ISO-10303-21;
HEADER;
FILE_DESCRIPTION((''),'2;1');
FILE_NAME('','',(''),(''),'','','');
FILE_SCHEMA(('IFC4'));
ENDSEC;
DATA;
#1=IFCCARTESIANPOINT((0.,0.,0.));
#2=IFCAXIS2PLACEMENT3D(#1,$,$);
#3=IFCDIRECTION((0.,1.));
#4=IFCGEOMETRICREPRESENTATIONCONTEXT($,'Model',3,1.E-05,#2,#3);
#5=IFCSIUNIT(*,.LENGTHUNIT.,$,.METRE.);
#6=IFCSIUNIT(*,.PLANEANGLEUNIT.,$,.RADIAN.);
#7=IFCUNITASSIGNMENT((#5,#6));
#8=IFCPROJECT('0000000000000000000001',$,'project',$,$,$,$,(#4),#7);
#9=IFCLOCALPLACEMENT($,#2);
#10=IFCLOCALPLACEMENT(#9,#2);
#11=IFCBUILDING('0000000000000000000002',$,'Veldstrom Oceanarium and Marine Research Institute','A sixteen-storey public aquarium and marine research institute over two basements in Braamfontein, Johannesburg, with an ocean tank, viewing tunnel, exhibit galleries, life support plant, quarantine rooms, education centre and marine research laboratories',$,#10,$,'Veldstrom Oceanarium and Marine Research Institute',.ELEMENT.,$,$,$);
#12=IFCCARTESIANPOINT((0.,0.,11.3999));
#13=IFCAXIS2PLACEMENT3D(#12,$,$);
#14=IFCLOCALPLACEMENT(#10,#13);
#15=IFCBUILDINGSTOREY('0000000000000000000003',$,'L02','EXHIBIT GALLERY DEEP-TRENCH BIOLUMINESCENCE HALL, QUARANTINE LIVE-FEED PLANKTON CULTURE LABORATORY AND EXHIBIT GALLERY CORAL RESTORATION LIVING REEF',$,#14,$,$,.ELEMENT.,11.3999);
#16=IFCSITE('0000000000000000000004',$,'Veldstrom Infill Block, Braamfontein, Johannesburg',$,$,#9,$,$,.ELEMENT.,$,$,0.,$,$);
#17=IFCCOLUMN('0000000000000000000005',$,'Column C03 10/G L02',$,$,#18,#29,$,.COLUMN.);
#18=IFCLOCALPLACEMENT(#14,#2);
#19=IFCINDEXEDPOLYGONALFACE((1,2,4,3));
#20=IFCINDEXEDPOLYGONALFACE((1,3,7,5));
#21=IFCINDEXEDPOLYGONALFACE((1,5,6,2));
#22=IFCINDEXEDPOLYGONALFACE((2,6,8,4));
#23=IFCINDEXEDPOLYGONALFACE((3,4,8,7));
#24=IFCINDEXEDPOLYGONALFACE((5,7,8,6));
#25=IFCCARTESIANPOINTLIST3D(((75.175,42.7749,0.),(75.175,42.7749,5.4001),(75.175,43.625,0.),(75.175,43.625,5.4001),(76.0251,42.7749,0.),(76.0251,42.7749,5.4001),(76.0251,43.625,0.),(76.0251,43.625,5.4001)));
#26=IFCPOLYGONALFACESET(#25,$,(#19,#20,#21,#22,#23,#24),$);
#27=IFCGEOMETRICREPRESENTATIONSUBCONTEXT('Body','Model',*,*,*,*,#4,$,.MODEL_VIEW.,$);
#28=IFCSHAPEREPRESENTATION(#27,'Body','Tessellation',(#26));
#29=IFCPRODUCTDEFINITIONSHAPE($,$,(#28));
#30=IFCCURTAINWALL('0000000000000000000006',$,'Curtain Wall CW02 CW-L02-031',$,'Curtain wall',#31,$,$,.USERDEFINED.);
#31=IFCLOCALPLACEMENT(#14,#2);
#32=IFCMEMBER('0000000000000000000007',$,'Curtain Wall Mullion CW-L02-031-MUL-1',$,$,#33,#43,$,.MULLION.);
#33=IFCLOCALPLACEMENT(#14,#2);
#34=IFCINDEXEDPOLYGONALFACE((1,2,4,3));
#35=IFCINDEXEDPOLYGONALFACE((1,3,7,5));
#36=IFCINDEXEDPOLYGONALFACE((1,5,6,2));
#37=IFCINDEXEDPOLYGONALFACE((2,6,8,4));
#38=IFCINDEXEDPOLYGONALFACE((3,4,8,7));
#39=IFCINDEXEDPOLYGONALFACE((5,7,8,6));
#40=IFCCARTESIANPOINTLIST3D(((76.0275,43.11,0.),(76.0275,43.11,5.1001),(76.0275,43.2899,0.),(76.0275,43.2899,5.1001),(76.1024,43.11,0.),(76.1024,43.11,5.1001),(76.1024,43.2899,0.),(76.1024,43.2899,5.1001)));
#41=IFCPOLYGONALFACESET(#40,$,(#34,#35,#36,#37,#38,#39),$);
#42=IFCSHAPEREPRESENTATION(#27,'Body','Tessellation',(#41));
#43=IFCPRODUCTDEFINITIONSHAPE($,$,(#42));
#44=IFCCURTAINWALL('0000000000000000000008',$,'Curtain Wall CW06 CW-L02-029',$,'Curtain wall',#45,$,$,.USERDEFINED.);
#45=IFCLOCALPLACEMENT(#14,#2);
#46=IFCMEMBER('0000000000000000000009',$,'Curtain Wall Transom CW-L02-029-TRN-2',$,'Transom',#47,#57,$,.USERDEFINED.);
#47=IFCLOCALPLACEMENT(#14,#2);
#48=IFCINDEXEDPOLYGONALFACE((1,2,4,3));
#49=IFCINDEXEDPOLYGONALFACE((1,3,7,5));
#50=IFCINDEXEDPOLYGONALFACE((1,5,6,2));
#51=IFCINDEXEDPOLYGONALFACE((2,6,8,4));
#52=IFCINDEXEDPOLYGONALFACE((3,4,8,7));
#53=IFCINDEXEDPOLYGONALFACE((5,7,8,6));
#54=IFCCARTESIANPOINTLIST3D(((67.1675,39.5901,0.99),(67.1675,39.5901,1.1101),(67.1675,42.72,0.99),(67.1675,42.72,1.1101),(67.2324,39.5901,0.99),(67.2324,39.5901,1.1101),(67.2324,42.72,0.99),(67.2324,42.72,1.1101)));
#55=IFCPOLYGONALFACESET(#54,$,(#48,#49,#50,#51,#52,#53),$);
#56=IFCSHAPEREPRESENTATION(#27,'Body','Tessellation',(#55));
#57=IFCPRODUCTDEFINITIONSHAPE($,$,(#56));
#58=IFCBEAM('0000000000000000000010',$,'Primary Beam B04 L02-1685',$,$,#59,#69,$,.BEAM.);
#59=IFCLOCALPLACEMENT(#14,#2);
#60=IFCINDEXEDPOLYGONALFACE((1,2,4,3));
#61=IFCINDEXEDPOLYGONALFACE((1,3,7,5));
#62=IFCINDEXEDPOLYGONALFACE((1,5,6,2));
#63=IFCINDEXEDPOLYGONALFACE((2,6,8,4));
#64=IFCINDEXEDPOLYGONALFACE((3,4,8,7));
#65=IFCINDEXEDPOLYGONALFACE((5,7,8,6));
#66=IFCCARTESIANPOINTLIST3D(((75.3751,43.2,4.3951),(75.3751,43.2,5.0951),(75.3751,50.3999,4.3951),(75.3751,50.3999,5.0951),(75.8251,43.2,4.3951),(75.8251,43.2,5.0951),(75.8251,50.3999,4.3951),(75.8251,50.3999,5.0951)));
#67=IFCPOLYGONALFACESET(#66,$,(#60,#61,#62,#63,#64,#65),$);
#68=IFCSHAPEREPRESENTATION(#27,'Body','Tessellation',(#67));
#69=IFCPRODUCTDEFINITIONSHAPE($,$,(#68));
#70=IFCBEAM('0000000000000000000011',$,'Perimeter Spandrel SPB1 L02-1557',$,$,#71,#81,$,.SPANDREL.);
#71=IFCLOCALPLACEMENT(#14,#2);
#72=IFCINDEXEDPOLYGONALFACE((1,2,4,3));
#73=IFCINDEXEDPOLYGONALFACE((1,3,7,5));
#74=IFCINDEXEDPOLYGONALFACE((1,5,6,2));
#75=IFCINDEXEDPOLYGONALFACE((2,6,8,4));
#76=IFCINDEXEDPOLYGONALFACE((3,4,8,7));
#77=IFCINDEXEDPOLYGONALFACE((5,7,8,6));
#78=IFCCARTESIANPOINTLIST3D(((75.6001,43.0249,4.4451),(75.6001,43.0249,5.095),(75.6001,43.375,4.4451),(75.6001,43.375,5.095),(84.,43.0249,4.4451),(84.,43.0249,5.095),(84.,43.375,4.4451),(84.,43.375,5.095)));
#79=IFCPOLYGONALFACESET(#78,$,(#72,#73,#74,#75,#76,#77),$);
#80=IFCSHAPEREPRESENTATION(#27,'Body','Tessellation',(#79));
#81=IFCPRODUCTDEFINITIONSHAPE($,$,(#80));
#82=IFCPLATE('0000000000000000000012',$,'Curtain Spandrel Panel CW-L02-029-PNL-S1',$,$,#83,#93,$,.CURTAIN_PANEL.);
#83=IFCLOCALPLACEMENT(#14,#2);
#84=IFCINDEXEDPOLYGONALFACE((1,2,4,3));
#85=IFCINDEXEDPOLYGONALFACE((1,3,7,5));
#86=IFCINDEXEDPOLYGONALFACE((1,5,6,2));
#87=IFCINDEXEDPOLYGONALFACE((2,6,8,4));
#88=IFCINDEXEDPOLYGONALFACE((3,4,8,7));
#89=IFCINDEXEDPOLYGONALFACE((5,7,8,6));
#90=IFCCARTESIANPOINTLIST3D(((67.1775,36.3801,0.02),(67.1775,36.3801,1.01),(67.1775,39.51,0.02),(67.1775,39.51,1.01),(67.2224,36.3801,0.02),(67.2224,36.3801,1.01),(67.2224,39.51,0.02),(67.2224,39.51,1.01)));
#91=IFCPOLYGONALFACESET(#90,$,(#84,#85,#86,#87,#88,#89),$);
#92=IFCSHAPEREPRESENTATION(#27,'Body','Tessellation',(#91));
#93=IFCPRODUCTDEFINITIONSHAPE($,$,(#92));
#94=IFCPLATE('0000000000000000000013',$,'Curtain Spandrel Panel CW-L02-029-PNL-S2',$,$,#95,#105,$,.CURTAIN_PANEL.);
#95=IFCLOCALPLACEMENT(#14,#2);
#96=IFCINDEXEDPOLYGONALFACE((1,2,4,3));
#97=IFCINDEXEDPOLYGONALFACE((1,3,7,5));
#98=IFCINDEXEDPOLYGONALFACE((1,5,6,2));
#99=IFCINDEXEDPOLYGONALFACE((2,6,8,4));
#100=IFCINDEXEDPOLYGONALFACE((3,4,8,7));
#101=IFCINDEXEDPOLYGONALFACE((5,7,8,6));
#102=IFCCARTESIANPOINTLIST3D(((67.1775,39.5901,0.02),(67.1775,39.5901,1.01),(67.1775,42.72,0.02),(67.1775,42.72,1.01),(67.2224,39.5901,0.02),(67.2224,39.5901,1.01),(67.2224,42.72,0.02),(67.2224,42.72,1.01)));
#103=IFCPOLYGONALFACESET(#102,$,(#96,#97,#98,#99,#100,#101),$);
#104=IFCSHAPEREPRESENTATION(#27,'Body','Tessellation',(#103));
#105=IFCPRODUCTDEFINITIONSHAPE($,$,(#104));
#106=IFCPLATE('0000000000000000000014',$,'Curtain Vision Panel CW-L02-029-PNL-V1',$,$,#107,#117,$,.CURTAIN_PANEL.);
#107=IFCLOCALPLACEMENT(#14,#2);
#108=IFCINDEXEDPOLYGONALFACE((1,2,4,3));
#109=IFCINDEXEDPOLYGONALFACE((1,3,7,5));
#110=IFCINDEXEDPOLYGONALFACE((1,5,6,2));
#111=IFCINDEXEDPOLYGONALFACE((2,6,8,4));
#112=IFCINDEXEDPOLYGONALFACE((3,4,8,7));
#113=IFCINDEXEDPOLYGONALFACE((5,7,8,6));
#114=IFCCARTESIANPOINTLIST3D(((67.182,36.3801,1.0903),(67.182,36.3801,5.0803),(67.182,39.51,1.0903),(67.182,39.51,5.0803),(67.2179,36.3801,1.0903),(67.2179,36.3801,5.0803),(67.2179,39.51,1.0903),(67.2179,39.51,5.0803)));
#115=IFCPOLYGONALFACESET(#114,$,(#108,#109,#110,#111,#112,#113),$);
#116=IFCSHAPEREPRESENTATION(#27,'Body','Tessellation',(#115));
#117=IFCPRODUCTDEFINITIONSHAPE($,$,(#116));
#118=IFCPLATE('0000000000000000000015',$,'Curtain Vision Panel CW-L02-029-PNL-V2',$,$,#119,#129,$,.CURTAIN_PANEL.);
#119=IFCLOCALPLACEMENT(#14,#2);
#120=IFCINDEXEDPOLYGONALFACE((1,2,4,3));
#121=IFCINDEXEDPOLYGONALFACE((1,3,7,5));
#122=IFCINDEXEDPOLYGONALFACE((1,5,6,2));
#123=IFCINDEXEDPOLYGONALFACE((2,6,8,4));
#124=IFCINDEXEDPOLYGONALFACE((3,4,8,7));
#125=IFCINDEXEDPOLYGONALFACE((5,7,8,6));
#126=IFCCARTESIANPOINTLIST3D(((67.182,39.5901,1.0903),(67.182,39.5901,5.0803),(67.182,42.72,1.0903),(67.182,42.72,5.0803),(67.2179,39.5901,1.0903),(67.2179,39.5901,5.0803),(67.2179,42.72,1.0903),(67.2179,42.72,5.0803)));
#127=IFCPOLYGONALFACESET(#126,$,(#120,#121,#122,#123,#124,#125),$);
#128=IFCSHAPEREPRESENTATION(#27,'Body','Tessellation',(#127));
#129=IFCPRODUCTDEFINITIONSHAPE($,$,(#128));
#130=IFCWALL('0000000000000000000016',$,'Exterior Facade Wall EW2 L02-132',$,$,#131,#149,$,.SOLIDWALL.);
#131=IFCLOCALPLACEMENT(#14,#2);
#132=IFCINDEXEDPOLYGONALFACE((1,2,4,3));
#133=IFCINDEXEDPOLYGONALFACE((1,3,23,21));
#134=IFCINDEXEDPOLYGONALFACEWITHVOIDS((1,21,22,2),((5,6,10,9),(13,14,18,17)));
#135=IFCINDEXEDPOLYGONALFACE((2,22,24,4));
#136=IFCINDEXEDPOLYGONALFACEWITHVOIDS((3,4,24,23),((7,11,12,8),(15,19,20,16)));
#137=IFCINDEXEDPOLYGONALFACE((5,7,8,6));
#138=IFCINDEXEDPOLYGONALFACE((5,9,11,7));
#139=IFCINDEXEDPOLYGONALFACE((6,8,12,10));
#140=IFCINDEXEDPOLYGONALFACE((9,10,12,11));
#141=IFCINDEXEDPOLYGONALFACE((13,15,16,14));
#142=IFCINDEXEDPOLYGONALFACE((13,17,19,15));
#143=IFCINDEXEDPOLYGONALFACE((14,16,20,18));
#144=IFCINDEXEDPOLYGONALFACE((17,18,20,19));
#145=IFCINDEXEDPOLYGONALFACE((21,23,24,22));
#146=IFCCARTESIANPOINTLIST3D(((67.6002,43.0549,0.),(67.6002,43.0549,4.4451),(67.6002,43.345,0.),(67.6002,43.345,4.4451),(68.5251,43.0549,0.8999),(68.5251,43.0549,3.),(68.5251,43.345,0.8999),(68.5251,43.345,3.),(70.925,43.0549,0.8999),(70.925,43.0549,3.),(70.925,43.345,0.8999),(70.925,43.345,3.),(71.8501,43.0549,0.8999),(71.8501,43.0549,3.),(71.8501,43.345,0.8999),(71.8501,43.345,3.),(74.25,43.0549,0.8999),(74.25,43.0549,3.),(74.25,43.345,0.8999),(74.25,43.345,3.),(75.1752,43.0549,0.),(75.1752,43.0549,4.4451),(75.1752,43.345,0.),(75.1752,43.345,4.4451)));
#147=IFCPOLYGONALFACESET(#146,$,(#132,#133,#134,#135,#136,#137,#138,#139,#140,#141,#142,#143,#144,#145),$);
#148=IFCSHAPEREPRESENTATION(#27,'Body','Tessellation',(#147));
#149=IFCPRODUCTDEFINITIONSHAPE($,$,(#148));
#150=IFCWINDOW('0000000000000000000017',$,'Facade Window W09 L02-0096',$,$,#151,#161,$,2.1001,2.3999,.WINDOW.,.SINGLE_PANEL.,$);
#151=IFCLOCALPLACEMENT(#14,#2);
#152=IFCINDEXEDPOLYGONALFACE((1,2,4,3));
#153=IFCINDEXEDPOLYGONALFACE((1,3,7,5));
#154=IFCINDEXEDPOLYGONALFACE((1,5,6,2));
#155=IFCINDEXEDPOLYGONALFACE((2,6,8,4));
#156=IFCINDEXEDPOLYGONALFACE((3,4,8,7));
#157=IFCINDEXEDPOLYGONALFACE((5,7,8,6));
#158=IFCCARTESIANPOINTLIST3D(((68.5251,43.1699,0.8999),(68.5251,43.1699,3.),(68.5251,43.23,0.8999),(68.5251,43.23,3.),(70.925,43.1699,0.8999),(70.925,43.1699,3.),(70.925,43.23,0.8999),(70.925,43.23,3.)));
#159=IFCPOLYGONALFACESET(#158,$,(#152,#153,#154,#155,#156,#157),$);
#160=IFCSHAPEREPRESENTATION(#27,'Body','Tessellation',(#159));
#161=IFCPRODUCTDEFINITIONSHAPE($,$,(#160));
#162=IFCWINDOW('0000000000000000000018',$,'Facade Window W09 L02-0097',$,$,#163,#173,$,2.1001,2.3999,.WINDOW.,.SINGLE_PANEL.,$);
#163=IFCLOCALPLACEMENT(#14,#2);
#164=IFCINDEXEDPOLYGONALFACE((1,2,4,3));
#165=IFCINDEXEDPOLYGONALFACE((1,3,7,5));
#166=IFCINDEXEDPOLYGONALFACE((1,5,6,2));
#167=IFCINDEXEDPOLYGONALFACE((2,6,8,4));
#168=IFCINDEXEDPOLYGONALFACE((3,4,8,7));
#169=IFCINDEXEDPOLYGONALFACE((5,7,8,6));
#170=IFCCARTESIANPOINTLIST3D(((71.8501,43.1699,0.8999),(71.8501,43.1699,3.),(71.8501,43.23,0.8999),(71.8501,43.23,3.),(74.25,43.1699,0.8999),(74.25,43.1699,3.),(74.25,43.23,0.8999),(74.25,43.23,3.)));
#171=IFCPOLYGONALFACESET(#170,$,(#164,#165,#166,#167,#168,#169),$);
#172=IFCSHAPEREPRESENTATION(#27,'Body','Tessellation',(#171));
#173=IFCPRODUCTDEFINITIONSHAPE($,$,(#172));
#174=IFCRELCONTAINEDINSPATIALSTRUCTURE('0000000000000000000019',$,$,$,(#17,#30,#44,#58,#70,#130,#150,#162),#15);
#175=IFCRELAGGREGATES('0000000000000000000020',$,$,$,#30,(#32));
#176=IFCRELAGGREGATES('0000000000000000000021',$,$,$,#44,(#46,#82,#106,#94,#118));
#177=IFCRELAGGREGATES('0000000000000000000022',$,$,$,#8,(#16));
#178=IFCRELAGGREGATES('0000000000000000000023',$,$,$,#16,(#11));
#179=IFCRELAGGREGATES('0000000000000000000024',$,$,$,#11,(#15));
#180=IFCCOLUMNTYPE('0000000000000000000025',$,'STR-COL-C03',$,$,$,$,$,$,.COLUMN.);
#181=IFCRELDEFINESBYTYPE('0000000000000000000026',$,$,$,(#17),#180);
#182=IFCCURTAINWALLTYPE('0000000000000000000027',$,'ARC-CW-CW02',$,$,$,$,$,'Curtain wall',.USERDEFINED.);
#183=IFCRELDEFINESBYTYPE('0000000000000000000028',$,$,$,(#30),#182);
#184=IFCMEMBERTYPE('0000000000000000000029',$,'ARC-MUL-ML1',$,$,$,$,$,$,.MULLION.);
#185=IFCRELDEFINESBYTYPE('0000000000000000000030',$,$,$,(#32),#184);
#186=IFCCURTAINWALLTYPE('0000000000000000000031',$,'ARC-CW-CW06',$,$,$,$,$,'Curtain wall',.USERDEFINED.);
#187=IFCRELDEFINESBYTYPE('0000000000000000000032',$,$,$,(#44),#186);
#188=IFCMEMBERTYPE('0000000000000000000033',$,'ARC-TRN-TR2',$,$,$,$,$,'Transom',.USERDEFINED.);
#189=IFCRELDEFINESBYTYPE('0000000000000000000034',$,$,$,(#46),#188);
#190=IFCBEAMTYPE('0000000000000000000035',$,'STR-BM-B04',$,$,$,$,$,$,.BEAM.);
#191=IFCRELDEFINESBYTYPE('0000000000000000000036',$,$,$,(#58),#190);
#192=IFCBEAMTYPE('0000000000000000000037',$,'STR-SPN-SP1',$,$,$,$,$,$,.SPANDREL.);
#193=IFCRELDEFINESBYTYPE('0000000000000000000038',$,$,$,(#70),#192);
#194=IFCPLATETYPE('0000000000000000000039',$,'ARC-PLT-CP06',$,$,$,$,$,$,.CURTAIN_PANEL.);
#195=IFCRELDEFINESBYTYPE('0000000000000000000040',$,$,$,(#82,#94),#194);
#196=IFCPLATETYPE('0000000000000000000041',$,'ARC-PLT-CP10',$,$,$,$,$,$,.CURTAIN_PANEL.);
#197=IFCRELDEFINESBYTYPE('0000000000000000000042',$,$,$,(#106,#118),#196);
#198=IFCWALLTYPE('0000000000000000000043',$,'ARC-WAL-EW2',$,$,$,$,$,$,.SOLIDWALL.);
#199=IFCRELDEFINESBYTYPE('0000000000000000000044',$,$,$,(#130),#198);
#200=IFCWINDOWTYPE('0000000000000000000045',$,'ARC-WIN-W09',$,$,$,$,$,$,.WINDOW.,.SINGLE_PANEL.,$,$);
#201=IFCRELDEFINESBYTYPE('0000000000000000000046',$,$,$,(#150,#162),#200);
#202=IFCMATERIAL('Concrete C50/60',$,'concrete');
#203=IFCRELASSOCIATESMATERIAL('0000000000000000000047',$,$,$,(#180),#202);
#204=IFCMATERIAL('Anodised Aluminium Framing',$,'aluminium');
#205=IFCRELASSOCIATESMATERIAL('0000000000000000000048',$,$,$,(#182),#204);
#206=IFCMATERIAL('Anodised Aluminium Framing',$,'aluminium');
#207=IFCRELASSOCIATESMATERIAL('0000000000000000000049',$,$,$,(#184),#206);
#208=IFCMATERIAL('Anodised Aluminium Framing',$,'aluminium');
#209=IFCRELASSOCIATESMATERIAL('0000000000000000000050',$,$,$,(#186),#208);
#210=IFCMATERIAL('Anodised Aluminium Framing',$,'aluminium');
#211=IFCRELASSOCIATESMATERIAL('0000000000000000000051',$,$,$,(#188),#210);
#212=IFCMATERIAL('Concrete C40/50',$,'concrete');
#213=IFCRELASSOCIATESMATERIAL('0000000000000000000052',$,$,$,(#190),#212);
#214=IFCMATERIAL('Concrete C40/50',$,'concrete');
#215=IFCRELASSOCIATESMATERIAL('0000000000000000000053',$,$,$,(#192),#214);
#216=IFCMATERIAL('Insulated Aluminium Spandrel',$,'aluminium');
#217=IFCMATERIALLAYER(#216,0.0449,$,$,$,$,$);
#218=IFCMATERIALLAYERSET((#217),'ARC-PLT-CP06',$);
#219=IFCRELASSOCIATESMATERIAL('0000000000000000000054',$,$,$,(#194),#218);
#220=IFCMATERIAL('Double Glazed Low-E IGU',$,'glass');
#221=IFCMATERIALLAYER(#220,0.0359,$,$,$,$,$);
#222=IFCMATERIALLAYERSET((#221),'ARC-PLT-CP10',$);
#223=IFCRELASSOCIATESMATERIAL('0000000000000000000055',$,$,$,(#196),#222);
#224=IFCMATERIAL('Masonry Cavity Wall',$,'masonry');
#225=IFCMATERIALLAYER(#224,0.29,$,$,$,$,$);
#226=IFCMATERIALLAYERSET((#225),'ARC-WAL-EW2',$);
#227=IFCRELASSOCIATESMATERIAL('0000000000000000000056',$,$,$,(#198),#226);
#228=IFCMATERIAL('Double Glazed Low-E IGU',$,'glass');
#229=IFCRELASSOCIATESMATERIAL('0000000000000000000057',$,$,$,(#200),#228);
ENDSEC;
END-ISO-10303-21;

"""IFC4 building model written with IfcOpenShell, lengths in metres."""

from ifc_helpers import new_model, si_unit, direction, frame, frame_2d, origin, origin_2d, place, context, subcontext, project, spatial, rectangle, extrude, material, layer, layer_set, material_profile, profile_set, type_object, element, fill, aggregate, save


model = new_model("IFC4")

# Units and contexts
model_context = context("Model", 3, precision=1e-05, world=origin(), true_north=direction((0.0, 1.0)))
body_context = subcontext(model_context, "Body", "Model", "MODEL_VIEW")
ifc_project = project(units=[si_unit("LENGTHUNIT", "METRE"), si_unit("PLANEANGLEUNIT", "RADIAN")], contexts=[model_context])

# Site, building, storey
site_placement = place(None, origin())
site = spatial("IfcSite", under=ifc_project, at=site_placement, Name="Veldstrom Infill Block, Braamfontein, Johannesburg", CompositionType="ELEMENT", RefElevation=0.0)
building_placement = place(site_placement, origin())
building = spatial("IfcBuilding", under=site, at=building_placement, Name="Veldstrom Oceanarium and Marine Research Institute", Description="A sixteen-storey public aquarium and marine research institute over two basements in Braamfontein, Johannesburg, with an ocean tank, viewing tunnel, exhibit galleries, life support plant, quarantine rooms, education centre and marine research laboratories", LongName="Veldstrom Oceanarium and Marine Research Institute", CompositionType="ELEMENT")
storey_placement = place(building_placement, frame((0.0, 0.0, 11.3999)))
storey = spatial("IfcBuildingStorey", under=building, at=storey_placement, Name="L02", Description="EXHIBIT GALLERY DEEP-TRENCH BIOLUMINESCENCE HALL, QUARANTINE LIVE-FEED PLANKTON CULTURE LABORATORY AND EXHIBIT GALLERY CORAL RESTORATION LIVING REEF", CompositionType="ELEMENT", Elevation=11.3999)

# Column
ifc_material_1 = material(Name="Concrete C50/60", Category="concrete")
ifc_material_profile_1 = material_profile(ifc_material_1, rectangle(XDim=0.8501, YDim=0.8501, at=origin_2d()), Name="RC-COL-850x850")
ifc_profile_set_1 = profile_set([ifc_material_profile_1], Name="Concrete C50/60")
column_type = type_object("IfcColumnType", Name="STR-COL-C03", PredefinedType="COLUMN", material=ifc_profile_set_1)
column_placement = place(storey_placement, frame((75.6001, 43.2, 0.0), z_axis=(0.0, 0.0, 1.0), x_axis=(1.0, 0.0, 0.0)))
element("IfcColumn", 1, at=column_placement, inside=storey, type_object=column_type, Name="Column C03 10/G L02", PredefinedType="COLUMN", context=body_context, shape_type="SweptSolid", body=[
    extrude(rectangle(XDim=0.8501, YDim=0.8501, at=origin_2d()), origin(), (0.0, 0.0, 1.0), 5.4001),
])

# Curtain walls, members
ifc_material_2 = material(Name="Anodised Aluminium Framing", Category="aluminium")
curtain_wall_type_1 = type_object("IfcCurtainWallType", Name="ARC-CW-CW02", ElementType="Curtain wall", PredefinedType="USERDEFINED", material=ifc_material_2)
curtain_wall_1_placement = place(storey_placement, origin())
curtain_wall_1 = element("IfcCurtainWall", 2, at=curtain_wall_1_placement, inside=storey, type_object=curtain_wall_type_1, Name="Curtain Wall CW02 CW-L02-031", ObjectType="Curtain wall", PredefinedType="USERDEFINED")
ifc_material_3 = material(Name="Anodised Aluminium Framing", Category="aluminium")
ifc_material_profile_2 = material_profile(ifc_material_3, rectangle(XDim=0.075, YDim=0.1799, at=origin_2d()), Name="ALU-MUL-75x180")
ifc_profile_set_2 = profile_set([ifc_material_profile_2], Name="Anodised Aluminium Framing")
member_type_1 = type_object("IfcMemberType", Name="ARC-MUL-ML1", PredefinedType="MULLION", material=ifc_profile_set_2)
member_1_placement = place(storey_placement, frame((76.0649, 43.2, 0.0), z_axis=(0.0, 0.0, 1.0), x_axis=(1.0, 0.0, 0.0)))
member_1 = element("IfcMember", 3, at=member_1_placement, type_object=member_type_1, Name="Curtain Wall Mullion CW-L02-031-MUL-1", PredefinedType="MULLION", context=body_context, shape_type="SweptSolid", body=[
    extrude(rectangle(XDim=0.075, YDim=0.1799, at=origin_2d()), origin(), (0.0, 0.0, 1.0), 5.1001),
])
aggregate(curtain_wall_1, [member_1])
ifc_material_4 = material(Name="Anodised Aluminium Framing", Category="aluminium")
curtain_wall_type_2 = type_object("IfcCurtainWallType", Name="ARC-CW-CW06", ElementType="Curtain wall", PredefinedType="USERDEFINED", material=ifc_material_4)
curtain_wall_2_placement = place(storey_placement, origin())
curtain_wall_2 = element("IfcCurtainWall", 4, at=curtain_wall_2_placement, inside=storey, type_object=curtain_wall_type_2, Name="Curtain Wall CW06 CW-L02-029", ObjectType="Curtain wall", PredefinedType="USERDEFINED")
ifc_material_5 = material(Name="Anodised Aluminium Framing", Category="aluminium")
ifc_material_profile_3 = material_profile(ifc_material_5, rectangle(XDim=0.0649, YDim=0.1201, at=origin_2d()), Name="ALU-TRN-65x120")
ifc_profile_set_3 = profile_set([ifc_material_profile_3], Name="Anodised Aluminium Framing")
member_type_2 = type_object("IfcMemberType", Name="ARC-TRN-TR2", ElementType="Transom", PredefinedType="USERDEFINED", material=ifc_profile_set_3)
member_2_placement = place(storey_placement, frame((67.2, 39.5901, 1.05), z_axis=(0.0, 1.0, 0.0), x_axis=(-1.0, 0.0, 0.0)))
member_2 = element("IfcMember", 5, at=member_2_placement, type_object=member_type_2, Name="Curtain Wall Transom CW-L02-029-TRN-2", ObjectType="Transom", PredefinedType="USERDEFINED", context=body_context, shape_type="SweptSolid", body=[
    extrude(rectangle(XDim=0.0649, YDim=0.1201, at=origin_2d()), origin(), (0.0, 0.0, 1.0), 3.1299),
])

# Beams
ifc_material_6 = material(Name="Concrete C40/50", Category="concrete")
ifc_material_profile_4 = material_profile(ifc_material_6, rectangle(XDim=0.45, YDim=0.7, at=origin_2d()), Name="RC-BM-450x700")
ifc_profile_set_4 = profile_set([ifc_material_profile_4], Name="Concrete C40/50")
beam_type_1 = type_object("IfcBeamType", Name="STR-BM-B04", PredefinedType="BEAM", material=ifc_profile_set_4)
beam_1_placement = place(storey_placement, frame((75.6001, 43.2, 4.7451), z_axis=(0.0, 1.0, 0.0), x_axis=(-1.0, 0.0, 0.0)))
element("IfcBeam", 6, at=beam_1_placement, inside=storey, type_object=beam_type_1, Name="Primary Beam B04 L02-1685", PredefinedType="BEAM", context=body_context, shape_type="SweptSolid", body=[
    extrude(rectangle(XDim=0.45, YDim=0.7, at=origin_2d()), origin(), (0.0, 0.0, 1.0), 7.2),
])
ifc_material_7 = material(Name="Concrete C40/50", Category="concrete")
ifc_material_profile_5 = material_profile(ifc_material_7, rectangle(XDim=0.3501, YDim=0.6499, at=origin_2d()), Name="RC-SPN-350x650")
ifc_profile_set_5 = profile_set([ifc_material_profile_5], Name="Concrete C40/50")
beam_type_2 = type_object("IfcBeamType", Name="STR-SPN-SP1", PredefinedType="SPANDREL", material=ifc_profile_set_5)
beam_2_placement = place(storey_placement, frame((75.6001, 43.2, 4.77), z_axis=(1.0, 0.0, 0.0), x_axis=(0.0, 1.0, 0.0)))
element("IfcBeam", 7, at=beam_2_placement, inside=storey, type_object=beam_type_2, Name="Perimeter Spandrel SPB1 L02-1557", PredefinedType="SPANDREL", context=body_context, shape_type="SweptSolid", body=[
    extrude(rectangle(XDim=0.3501, YDim=0.6499, at=origin_2d()), origin(), (0.0, 0.0, 1.0), 8.3999),
])

# Plates
ifc_material_8 = material(Name="Insulated Aluminium Spandrel", Category="aluminium")
ifc_layer_1 = layer(ifc_material_8, 0.0449)
ifc_layer_set_1 = layer_set([ifc_layer_1], Name="ARC-PLT-CP06")
plate_type_1 = type_object("IfcPlateType", Name="ARC-PLT-CP06", PredefinedType="CURTAIN_PANEL", material=ifc_layer_set_1)
plate_1_placement = place(storey_placement, frame((67.2, 37.9451, 0.02), z_axis=(0.0, 0.0, 1.0), x_axis=(0.0, 1.0, 0.0)))
plate_1 = element("IfcPlate", 8, at=plate_1_placement, type_object=plate_type_1, Name="Curtain Spandrel Panel CW-L02-029-PNL-S1", PredefinedType="CURTAIN_PANEL", context=body_context, shape_type="SweptSolid", body=[
    extrude(rectangle(XDim=3.1299, YDim=0.0449, at=origin_2d()), origin(), (0.0, 0.0, 1.0), 0.99),
])
plate_2_placement = place(storey_placement, frame((67.2, 41.155, 0.02), z_axis=(0.0, 0.0, 1.0), x_axis=(0.0, 1.0, 0.0)))
plate_2 = element("IfcPlate", 9, at=plate_2_placement, type_object=plate_type_1, Name="Curtain Spandrel Panel CW-L02-029-PNL-S2", PredefinedType="CURTAIN_PANEL", context=body_context, shape_type="SweptSolid", body=[
    extrude(rectangle(XDim=3.1299, YDim=0.0449, at=origin_2d()), origin(), (0.0, 0.0, 1.0), 0.99),
])
ifc_material_9 = material(Name="Double Glazed Low-E IGU", Category="glass")
ifc_layer_2 = layer(ifc_material_9, 0.0359)
ifc_layer_set_2 = layer_set([ifc_layer_2], Name="ARC-PLT-CP10")
plate_type_2 = type_object("IfcPlateType", Name="ARC-PLT-CP10", PredefinedType="CURTAIN_PANEL", material=ifc_layer_set_2)
plate_3_placement = place(storey_placement, frame((67.2, 37.9451, 1.0903), z_axis=(0.0, 0.0, 1.0), x_axis=(0.0, 1.0, 0.0)))
plate_3 = element("IfcPlate", 10, at=plate_3_placement, type_object=plate_type_2, Name="Curtain Vision Panel CW-L02-029-PNL-V1", PredefinedType="CURTAIN_PANEL", context=body_context, shape_type="SweptSolid", body=[
    extrude(rectangle(XDim=3.1299, YDim=0.0359, at=origin_2d()), origin(), (0.0, 0.0, 1.0), 3.99),
])
plate_4_placement = place(storey_placement, frame((67.2, 41.155, 1.0903), z_axis=(0.0, 0.0, 1.0), x_axis=(0.0, 1.0, 0.0)))
plate_4 = element("IfcPlate", 11, at=plate_4_placement, type_object=plate_type_2, Name="Curtain Vision Panel CW-L02-029-PNL-V2", PredefinedType="CURTAIN_PANEL", context=body_context, shape_type="SweptSolid", body=[
    extrude(rectangle(XDim=3.1299, YDim=0.0359, at=origin_2d()), origin(), (0.0, 0.0, 1.0), 3.99),
])
aggregate(curtain_wall_2, [member_2, plate_1, plate_3, plate_2, plate_4])

# Wall, openings, windows
ifc_material_10 = material(Name="Masonry Cavity Wall", Category="masonry")
ifc_layer_3 = layer(ifc_material_10, 0.29)
ifc_layer_set_3 = layer_set([ifc_layer_3], Name="ARC-WAL-EW2")
wall_type = type_object("IfcWallType", Name="ARC-WAL-EW2", PredefinedType="SOLIDWALL", material=ifc_layer_set_3)
wall_placement = place(storey_placement, frame((67.6001, 43.2, 0.0), z_axis=(0.0, 0.0, 1.0), x_axis=(1.0, 0.0, 0.0)))
wall = element("IfcWall", 12, at=wall_placement, inside=storey, type_object=wall_type, Name="Exterior Facade Wall EW2 L02-132", PredefinedType="SOLIDWALL", context=body_context, shape_type="SweptSolid", body=[
    extrude(rectangle(XDim=7.575, YDim=0.29, at=frame_2d((3.7876, 0.0))), origin(), (0.0, 0.0, 1.0), 4.4451),
])
opening_1_placement = place(wall_placement, frame((0.925, 0.0, 0.8999)))
opening_1 = element("IfcOpeningElement", 13, at=opening_1_placement, cuts=wall, PredefinedType="OPENING", context=body_context, shape_type="SweptSolid", body=[
    extrude(rectangle(XDim=2.3999, YDim=2.1001, at=frame_2d((1.2, 1.05))), frame((0.0, 0.155, 0.0), z_axis=(0.0, -1.0, 0.0), x_axis=(1.0, 0.0, 0.0)), (0.0, 0.0, 1.0), 0.3101),
])
opening_2_placement = place(wall_placement, frame((4.25, 0.0, 0.8999)))
opening_2 = element("IfcOpeningElement", 14, at=opening_2_placement, cuts=wall, PredefinedType="OPENING", context=body_context, shape_type="SweptSolid", body=[
    extrude(rectangle(XDim=2.3999, YDim=2.1001, at=frame_2d((1.2, 1.05))), frame((0.0, 0.155, 0.0), z_axis=(0.0, -1.0, 0.0), x_axis=(1.0, 0.0, 0.0)), (0.0, 0.0, 1.0), 0.3101),
])
ifc_material_11 = material(Name="Double Glazed Low-E IGU", Category="glass")
window_type = type_object("IfcWindowType", Name="ARC-WIN-W09", PartitioningType="SINGLE_PANEL", PredefinedType="WINDOW", material=ifc_material_11)
window_1_placement = place(opening_1_placement, origin())
window_1 = element("IfcWindow", 15, at=window_1_placement, inside=storey, type_object=window_type, Name="Facade Window W09 L02-0096", OverallHeight=2.1001, OverallWidth=2.3999, PartitioningType="SINGLE_PANEL", PredefinedType="WINDOW", context=body_context, shape_type="SweptSolid", body=[
    extrude(rectangle(XDim=2.3999, YDim=2.1001, at=frame_2d((1.2, 1.05))), frame((0.0, 0.03, 0.0), z_axis=(0.0, -1.0, 0.0), x_axis=(1.0, 0.0, 0.0)), (0.0, 0.0, 1.0), 0.0601),
])
fill(opening_1, window_1)
window_2_placement = place(opening_2_placement, origin())
window_2 = element("IfcWindow", 16, at=window_2_placement, inside=storey, type_object=window_type, Name="Facade Window W09 L02-0097", OverallHeight=2.1001, OverallWidth=2.3999, PartitioningType="SINGLE_PANEL", PredefinedType="WINDOW", context=body_context, shape_type="SweptSolid", body=[
    extrude(rectangle(XDim=2.3999, YDim=2.1001, at=frame_2d((1.2, 1.05))), frame((0.0, 0.03, 0.0), z_axis=(0.0, -1.0, 0.0), x_axis=(1.0, 0.0, 0.0)), (0.0, 0.0, 1.0), 0.0601),
])
fill(opening_2, window_2)

save(model, "model.ifc")
